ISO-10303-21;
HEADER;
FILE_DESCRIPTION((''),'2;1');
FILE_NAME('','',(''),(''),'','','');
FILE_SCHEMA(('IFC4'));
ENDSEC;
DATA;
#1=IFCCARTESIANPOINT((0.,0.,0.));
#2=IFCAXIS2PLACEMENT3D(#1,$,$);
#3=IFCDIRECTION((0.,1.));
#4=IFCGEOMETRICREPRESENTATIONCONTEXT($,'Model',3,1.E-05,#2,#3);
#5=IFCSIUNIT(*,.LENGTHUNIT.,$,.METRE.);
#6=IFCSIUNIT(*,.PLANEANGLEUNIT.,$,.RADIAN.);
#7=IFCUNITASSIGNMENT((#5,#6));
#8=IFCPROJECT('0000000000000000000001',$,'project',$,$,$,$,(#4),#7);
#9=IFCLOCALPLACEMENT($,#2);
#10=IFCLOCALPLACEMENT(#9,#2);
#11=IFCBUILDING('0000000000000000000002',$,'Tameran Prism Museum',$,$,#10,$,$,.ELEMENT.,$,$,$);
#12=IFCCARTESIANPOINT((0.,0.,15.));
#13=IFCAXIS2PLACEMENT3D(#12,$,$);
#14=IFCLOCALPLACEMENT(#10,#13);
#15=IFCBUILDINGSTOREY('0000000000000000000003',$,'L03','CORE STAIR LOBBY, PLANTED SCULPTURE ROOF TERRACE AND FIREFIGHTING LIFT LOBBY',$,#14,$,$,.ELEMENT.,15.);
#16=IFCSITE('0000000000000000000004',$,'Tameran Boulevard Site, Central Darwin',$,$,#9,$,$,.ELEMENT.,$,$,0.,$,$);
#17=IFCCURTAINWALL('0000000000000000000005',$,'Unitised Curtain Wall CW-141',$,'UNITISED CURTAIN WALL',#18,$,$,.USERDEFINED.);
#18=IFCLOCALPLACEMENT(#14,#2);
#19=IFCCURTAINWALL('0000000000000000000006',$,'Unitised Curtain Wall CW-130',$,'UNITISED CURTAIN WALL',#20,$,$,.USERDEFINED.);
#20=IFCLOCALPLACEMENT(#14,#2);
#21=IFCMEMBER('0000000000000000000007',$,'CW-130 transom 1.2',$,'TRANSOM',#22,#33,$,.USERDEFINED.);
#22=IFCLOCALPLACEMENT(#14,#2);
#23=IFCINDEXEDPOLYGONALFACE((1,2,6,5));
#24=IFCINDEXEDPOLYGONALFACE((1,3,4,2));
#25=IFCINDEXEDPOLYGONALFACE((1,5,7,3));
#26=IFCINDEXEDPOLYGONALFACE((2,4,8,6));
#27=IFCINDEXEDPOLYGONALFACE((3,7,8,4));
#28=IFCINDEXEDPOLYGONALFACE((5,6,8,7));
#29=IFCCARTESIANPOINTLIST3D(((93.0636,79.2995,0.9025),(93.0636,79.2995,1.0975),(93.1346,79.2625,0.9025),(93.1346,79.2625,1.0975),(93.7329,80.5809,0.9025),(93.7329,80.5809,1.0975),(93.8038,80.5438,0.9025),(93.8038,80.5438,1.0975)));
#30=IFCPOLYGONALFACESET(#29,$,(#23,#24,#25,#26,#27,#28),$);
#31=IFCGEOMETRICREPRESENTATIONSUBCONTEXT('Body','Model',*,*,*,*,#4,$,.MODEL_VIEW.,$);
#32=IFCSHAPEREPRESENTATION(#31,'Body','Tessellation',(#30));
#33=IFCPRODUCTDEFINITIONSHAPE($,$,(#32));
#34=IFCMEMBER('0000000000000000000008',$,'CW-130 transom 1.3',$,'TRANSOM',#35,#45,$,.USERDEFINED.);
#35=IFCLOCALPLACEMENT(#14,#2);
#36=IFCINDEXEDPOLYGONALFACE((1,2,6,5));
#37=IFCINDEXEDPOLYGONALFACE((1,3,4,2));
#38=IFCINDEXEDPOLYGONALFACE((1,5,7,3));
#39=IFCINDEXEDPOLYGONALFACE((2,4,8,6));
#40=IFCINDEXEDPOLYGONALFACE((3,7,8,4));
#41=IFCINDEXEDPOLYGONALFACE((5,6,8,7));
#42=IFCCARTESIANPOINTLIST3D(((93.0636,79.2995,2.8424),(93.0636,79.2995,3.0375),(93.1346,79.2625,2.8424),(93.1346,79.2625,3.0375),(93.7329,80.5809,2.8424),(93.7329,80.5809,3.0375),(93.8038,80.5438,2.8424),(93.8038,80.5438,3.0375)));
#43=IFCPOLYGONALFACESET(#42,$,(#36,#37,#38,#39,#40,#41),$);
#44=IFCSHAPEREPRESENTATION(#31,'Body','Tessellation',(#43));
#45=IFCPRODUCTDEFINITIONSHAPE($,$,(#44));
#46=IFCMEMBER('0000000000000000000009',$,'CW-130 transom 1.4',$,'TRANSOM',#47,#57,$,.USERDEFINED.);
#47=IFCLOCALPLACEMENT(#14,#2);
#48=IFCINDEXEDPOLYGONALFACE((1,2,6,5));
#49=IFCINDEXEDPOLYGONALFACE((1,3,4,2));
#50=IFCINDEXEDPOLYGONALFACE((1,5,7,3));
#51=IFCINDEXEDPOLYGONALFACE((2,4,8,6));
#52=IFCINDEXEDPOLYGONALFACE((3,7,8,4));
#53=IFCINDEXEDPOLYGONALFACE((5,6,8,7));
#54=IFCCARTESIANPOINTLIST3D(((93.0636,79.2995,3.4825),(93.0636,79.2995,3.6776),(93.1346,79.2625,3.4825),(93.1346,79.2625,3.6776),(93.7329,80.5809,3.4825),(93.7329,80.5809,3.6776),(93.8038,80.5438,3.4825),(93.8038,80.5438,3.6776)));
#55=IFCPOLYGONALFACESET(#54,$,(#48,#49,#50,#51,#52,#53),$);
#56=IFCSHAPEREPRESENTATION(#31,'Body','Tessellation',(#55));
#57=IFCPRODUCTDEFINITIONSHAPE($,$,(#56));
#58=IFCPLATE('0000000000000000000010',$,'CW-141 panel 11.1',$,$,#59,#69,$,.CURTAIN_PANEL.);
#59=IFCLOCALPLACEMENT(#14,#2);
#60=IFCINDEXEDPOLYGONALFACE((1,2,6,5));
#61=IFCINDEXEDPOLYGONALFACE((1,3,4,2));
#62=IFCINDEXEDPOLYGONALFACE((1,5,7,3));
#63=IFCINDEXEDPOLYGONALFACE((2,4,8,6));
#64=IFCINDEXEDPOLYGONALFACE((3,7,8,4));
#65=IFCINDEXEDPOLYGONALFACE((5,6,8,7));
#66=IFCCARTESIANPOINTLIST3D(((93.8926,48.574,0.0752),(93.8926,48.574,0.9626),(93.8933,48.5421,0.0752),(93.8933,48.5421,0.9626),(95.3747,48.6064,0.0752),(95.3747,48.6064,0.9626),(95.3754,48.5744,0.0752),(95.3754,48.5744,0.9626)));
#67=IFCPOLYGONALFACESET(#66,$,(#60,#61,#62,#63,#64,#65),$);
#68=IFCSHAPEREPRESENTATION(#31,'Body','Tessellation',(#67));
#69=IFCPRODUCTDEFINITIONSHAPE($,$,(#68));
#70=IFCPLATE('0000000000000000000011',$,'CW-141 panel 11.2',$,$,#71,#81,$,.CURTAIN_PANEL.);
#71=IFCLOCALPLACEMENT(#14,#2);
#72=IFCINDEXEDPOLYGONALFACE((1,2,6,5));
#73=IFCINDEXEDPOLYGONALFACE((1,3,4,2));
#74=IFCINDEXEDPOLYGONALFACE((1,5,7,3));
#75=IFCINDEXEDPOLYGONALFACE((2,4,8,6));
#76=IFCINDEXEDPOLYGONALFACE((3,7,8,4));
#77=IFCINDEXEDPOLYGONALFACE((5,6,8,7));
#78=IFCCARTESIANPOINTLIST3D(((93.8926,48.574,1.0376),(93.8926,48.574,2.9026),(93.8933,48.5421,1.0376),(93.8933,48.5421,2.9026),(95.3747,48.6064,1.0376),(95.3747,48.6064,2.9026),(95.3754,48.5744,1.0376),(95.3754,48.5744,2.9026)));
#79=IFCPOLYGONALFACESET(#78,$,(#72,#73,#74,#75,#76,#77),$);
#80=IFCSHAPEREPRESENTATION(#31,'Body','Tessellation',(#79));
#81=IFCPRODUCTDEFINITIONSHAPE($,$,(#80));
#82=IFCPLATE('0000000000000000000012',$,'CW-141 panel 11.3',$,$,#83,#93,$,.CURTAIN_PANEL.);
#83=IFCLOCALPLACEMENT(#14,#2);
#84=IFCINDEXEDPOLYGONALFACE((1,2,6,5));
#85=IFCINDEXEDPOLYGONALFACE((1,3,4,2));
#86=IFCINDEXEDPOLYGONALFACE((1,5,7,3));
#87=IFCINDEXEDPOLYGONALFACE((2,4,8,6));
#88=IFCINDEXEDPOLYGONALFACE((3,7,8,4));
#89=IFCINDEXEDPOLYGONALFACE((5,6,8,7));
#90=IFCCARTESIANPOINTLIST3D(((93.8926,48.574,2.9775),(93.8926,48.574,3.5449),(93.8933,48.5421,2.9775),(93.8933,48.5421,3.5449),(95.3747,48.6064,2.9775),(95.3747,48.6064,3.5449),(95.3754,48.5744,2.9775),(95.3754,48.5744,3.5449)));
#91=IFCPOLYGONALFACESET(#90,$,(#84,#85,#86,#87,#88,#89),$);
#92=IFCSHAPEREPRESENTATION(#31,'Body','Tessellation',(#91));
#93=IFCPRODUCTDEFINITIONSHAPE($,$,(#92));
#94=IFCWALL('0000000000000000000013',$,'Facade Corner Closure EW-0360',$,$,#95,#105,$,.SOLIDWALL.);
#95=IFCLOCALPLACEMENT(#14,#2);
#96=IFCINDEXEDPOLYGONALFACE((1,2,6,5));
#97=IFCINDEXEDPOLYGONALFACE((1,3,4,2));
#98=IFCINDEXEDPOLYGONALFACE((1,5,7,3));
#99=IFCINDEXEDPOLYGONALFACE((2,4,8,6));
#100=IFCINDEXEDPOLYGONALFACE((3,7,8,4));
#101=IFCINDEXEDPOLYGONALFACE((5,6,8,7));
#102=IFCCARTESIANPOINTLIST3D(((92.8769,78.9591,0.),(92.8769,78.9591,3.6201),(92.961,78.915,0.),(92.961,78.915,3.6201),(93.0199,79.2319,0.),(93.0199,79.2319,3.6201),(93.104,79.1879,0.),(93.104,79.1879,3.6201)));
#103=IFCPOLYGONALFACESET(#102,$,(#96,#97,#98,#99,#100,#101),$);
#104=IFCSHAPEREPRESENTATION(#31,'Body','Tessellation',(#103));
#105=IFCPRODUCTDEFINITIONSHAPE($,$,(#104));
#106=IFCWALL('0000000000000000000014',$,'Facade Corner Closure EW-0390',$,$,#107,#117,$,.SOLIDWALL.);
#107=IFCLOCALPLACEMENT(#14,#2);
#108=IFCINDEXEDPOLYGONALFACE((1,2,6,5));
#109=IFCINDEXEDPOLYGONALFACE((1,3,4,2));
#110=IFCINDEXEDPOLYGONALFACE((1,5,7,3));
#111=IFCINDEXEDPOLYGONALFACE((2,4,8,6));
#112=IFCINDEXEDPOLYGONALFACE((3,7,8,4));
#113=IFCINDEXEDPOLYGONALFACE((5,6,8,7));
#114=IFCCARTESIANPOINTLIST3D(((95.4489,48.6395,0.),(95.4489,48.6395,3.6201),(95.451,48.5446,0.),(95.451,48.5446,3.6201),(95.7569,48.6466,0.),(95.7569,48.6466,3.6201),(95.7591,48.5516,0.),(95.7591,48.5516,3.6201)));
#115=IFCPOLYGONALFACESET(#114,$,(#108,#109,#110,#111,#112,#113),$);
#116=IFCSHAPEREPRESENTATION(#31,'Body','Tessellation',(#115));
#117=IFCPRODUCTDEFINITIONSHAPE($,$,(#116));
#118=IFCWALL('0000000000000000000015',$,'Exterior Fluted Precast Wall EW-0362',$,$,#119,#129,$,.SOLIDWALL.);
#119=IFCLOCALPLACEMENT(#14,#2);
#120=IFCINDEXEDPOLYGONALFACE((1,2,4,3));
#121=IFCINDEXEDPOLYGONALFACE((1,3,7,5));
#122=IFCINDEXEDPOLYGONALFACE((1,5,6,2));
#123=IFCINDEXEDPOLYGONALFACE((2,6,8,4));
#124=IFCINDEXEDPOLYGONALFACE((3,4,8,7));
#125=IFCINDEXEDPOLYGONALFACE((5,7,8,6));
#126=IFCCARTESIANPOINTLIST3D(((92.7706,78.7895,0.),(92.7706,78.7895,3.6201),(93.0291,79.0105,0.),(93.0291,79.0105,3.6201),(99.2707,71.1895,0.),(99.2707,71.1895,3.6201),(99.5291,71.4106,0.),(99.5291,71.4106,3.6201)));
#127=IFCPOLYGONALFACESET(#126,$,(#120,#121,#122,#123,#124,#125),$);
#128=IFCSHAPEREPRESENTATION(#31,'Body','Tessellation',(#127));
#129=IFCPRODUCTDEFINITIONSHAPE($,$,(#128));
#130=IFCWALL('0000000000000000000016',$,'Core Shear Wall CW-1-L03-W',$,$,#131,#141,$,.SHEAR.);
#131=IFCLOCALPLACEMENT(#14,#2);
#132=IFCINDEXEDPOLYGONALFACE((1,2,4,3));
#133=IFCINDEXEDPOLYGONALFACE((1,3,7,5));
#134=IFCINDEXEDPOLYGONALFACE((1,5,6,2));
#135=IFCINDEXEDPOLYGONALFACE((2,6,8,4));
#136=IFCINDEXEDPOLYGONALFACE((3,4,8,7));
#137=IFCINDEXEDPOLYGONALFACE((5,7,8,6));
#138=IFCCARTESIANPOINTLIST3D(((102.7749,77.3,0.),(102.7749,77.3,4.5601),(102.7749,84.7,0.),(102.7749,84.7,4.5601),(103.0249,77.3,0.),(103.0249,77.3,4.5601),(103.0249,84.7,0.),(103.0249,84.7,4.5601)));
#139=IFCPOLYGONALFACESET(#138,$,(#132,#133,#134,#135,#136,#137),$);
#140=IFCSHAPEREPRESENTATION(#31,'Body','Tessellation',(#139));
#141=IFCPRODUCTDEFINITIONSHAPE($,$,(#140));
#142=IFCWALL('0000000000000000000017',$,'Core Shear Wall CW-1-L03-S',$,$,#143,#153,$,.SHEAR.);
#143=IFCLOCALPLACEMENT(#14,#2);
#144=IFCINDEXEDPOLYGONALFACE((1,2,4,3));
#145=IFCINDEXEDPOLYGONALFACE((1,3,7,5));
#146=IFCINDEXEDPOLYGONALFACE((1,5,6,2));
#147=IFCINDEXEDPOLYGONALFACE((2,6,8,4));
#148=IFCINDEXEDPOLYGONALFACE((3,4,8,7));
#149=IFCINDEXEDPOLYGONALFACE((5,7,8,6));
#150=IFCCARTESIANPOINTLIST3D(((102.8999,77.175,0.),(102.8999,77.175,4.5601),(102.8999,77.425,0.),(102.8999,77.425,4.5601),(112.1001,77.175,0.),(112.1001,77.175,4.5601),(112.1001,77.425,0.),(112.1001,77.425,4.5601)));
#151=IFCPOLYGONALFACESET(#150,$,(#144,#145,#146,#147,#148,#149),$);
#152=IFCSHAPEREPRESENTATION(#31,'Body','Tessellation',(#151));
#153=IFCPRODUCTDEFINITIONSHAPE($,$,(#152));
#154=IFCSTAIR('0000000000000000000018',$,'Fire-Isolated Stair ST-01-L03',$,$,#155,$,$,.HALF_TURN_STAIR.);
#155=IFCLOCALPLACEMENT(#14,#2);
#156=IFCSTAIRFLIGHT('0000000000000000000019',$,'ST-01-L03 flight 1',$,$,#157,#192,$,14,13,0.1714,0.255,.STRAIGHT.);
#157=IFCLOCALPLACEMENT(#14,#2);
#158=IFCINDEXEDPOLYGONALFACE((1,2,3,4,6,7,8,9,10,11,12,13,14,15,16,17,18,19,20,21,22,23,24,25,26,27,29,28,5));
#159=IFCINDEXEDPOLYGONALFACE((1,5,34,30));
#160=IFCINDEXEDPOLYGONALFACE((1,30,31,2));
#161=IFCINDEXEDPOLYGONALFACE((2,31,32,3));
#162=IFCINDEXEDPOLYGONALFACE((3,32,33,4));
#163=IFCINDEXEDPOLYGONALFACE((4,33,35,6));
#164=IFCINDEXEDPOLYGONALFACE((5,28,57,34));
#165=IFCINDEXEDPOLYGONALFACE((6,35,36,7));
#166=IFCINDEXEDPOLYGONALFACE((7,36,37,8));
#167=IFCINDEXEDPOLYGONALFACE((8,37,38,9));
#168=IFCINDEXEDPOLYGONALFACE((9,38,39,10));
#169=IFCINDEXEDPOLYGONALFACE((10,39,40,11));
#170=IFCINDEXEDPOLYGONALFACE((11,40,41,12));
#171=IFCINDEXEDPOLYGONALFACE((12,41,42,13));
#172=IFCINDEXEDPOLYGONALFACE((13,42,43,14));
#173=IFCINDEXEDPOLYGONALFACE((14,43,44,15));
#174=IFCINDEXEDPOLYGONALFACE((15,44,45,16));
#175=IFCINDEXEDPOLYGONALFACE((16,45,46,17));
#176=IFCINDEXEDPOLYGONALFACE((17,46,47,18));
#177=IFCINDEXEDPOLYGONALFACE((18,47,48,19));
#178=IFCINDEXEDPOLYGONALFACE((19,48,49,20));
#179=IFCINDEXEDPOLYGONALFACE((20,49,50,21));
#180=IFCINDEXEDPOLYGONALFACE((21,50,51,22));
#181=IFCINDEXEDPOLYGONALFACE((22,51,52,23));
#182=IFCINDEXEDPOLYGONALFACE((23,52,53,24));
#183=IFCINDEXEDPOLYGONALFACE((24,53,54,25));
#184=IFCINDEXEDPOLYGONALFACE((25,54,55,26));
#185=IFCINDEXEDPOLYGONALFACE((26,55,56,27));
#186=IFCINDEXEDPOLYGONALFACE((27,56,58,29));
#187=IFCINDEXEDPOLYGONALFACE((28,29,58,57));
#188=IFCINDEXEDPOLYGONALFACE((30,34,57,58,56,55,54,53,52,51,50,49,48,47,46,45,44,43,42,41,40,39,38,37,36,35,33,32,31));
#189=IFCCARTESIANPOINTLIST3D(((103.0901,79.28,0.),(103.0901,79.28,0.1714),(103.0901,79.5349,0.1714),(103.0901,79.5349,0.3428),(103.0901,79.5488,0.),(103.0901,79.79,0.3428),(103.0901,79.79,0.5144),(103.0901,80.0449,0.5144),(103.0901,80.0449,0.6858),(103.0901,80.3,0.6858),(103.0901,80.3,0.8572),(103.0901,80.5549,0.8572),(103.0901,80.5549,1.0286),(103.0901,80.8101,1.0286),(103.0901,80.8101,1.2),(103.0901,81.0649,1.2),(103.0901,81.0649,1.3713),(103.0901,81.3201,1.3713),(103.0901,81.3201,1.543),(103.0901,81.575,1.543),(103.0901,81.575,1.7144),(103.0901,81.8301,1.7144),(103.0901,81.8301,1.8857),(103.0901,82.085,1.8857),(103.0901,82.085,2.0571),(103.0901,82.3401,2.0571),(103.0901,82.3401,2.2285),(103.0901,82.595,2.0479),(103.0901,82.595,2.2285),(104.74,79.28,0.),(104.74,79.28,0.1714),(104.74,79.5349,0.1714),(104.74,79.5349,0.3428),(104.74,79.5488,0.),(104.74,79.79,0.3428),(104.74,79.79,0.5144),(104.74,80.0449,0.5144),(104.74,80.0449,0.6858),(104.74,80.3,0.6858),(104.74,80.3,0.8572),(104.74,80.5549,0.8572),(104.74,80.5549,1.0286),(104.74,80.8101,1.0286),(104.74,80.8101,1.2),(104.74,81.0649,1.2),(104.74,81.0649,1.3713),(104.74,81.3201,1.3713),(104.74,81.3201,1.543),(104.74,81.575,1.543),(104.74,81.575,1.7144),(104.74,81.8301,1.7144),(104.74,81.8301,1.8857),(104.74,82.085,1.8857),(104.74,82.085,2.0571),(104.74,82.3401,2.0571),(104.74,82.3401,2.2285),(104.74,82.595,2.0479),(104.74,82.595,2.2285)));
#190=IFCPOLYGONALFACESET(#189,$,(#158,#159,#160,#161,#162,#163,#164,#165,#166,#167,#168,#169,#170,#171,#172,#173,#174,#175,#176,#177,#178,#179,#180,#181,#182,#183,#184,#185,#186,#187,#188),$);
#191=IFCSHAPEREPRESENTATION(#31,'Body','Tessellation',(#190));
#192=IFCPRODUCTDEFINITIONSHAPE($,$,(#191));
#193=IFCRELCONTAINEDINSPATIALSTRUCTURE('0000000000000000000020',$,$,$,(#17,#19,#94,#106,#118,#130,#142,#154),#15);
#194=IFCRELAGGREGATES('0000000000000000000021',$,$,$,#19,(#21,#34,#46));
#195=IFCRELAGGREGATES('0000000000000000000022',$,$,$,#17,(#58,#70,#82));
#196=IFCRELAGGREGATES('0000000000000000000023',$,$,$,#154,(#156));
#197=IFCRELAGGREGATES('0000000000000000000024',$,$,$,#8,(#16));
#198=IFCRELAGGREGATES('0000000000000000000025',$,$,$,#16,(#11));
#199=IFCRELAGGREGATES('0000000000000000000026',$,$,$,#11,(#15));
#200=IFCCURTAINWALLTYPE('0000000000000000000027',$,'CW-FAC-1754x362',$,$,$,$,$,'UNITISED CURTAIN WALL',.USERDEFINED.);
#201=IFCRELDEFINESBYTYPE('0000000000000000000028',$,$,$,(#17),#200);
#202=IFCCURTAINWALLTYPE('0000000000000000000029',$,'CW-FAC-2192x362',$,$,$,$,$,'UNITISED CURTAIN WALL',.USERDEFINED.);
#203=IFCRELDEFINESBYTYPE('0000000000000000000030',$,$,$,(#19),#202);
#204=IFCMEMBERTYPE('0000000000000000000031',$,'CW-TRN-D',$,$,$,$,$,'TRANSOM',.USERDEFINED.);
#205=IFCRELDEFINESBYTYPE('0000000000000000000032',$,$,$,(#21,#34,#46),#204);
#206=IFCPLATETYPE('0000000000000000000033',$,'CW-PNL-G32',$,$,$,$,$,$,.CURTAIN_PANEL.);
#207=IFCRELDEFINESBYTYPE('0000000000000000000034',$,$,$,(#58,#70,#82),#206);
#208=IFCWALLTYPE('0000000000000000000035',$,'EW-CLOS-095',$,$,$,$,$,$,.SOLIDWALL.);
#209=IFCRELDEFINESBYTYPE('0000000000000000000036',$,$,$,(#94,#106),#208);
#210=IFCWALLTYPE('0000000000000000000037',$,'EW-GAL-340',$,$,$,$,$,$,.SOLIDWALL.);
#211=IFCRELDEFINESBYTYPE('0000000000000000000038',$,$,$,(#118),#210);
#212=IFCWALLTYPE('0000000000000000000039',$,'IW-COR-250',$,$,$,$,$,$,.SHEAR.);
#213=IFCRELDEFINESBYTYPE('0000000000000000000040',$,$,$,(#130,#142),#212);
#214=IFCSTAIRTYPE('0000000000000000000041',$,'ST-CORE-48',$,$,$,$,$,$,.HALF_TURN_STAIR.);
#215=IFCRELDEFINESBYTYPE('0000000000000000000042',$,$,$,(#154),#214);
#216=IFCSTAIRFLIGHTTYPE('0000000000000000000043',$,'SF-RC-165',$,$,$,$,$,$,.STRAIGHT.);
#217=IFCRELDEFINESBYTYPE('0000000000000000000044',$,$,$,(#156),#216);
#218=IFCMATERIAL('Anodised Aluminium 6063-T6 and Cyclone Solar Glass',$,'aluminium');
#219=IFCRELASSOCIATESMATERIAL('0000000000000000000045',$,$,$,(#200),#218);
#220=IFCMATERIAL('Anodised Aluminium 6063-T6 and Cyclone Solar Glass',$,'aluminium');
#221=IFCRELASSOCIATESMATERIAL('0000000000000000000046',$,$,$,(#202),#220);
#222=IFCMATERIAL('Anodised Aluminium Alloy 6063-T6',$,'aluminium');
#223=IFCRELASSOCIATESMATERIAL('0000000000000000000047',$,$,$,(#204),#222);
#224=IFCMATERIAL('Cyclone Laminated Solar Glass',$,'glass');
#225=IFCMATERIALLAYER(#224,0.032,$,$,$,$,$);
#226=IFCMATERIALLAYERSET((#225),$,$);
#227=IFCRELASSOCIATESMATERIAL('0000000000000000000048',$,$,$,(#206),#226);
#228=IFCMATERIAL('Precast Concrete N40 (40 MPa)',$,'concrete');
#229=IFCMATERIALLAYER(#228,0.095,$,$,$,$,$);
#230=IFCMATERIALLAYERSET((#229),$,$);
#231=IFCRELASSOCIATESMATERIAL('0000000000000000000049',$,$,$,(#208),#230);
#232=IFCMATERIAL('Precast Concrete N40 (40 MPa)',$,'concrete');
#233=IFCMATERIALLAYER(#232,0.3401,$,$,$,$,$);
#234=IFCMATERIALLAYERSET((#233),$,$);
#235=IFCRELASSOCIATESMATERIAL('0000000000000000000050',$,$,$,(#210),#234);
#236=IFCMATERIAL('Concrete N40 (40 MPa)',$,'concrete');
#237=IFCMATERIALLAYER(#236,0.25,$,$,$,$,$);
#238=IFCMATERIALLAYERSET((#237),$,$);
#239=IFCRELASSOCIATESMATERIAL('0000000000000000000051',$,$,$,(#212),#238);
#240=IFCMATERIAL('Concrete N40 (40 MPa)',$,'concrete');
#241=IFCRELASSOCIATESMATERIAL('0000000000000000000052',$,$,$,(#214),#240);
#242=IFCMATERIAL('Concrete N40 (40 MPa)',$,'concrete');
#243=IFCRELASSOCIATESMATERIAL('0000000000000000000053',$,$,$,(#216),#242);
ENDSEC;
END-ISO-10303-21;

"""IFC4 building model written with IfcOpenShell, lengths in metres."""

from ifc_helpers import new_model, si_unit, direction, frame, frame_2d, origin, origin_2d, place, context, subcontext, project, spatial, polyline, rectangle, outline, extrude, material, layer, layer_set, material_profile, profile_set, type_object, element, aggregate, save


model = new_model("IFC4")

# Units and contexts
model_context = context("Model", 3, precision=1e-05, world=origin(), true_north=direction((0.0, 1.0)))
body_context = subcontext(model_context, "Body", "Model", "MODEL_VIEW")
ifc_project = project(units=[si_unit("LENGTHUNIT", "METRE"), si_unit("PLANEANGLEUNIT", "RADIAN")], contexts=[model_context])

# Site, building, storey
site_placement = place(None, origin())
site = spatial("IfcSite", under=ifc_project, at=site_placement, Name="Tameran Boulevard Site, Central Darwin", CompositionType="ELEMENT", RefElevation=0.0)
building_placement = place(site_placement, origin())
building = spatial("IfcBuilding", under=site, at=building_placement, Name="Tameran Prism Museum", CompositionType="ELEMENT")
storey_placement = place(building_placement, frame((0.0, 0.0, 15.0)))
storey = spatial("IfcBuildingStorey", under=building, at=storey_placement, Name="L03", Description="CORE STAIR LOBBY, PLANTED SCULPTURE ROOF TERRACE AND FIREFIGHTING LIFT LOBBY", CompositionType="ELEMENT", Elevation=15.0)

# Curtain wall
ifc_material_1 = material(Name="Anodised Aluminium 6063-T6 and Cyclone Solar Glass", Category="aluminium")
curtain_wall_type_1 = type_object("IfcCurtainWallType", Name="CW-FAC-1754x362", ElementType="UNITISED CURTAIN WALL", PredefinedType="USERDEFINED", material=ifc_material_1)
curtain_wall_1_placement = place(storey_placement, origin())
curtain_wall_1 = element("IfcCurtainWall", 1, at=curtain_wall_1_placement, inside=storey, type_object=curtain_wall_type_1, Name="Unitised Curtain Wall CW-141", ObjectType="UNITISED CURTAIN WALL", PredefinedType="USERDEFINED")

# Curtain wall, members
ifc_material_2 = material(Name="Anodised Aluminium 6063-T6 and Cyclone Solar Glass", Category="aluminium")
curtain_wall_type_2 = type_object("IfcCurtainWallType", Name="CW-FAC-2192x362", ElementType="UNITISED CURTAIN WALL", PredefinedType="USERDEFINED", material=ifc_material_2)
curtain_wall_2_placement = place(storey_placement, origin())
curtain_wall_2 = element("IfcCurtainWall", 2, at=curtain_wall_2_placement, inside=storey, type_object=curtain_wall_type_2, Name="Unitised Curtain Wall CW-130", ObjectType="UNITISED CURTAIN WALL", PredefinedType="USERDEFINED")
ifc_material_3 = material(Name="Anodised Aluminium Alloy 6063-T6", Category="aluminium")
ifc_material_profile_1 = material_profile(ifc_material_3, rectangle(XDim=0.0801, YDim=0.1951, at=origin_2d()))
ifc_profile_set_1 = profile_set([ifc_material_profile_1])
member_type_1 = type_object("IfcMemberType", Name="CW-TRN-D", ElementType="TRANSOM", PredefinedType="USERDEFINED", material=ifc_profile_set_1)
member_1_placement = place(storey_placement, frame((93.0991, 79.281, 1.0), z_axis=(0.462953, 0.886383, 0.0), x_axis=(-0.886383, 0.462953, 0.0)))
member_1 = element("IfcMember", 3, at=member_1_placement, type_object=member_type_1, Name="CW-130 transom 1.2", ObjectType="TRANSOM", PredefinedType="USERDEFINED", context=body_context, shape_type="SweptSolid", body=[
    extrude(rectangle(XDim=0.0801, YDim=0.1951, at=origin_2d()), origin(), (0.0, 0.0, 1.0), 1.4456),
])
member_2_placement = place(storey_placement, frame((93.0991, 79.281, 2.9399), z_axis=(0.462953, 0.886383, 0.0), x_axis=(-0.886383, 0.462953, 0.0)))
member_2 = element("IfcMember", 4, at=member_2_placement, type_object=member_type_1, Name="CW-130 transom 1.3", ObjectType="TRANSOM", PredefinedType="USERDEFINED", context=body_context, shape_type="SweptSolid", body=[
    extrude(rectangle(XDim=0.0801, YDim=0.1951, at=origin_2d()), origin(), (0.0, 0.0, 1.0), 1.4456),
])
member_3_placement = place(storey_placement, frame((93.0991, 79.281, 3.5801), z_axis=(0.462953, 0.886383, 0.0), x_axis=(-0.886383, 0.462953, 0.0)))
member_3 = element("IfcMember", 5, at=member_3_placement, type_object=member_type_1, Name="CW-130 transom 1.4", ObjectType="TRANSOM", PredefinedType="USERDEFINED", context=body_context, shape_type="SweptSolid", body=[
    extrude(rectangle(XDim=0.0801, YDim=0.1951, at=origin_2d()), origin(), (0.0, 0.0, 1.0), 1.4456),
])
aggregate(curtain_wall_2, [member_1, member_2, member_3])

# Plates
ifc_material_4 = material(Name="Cyclone Laminated Solar Glass", Category="glass")
ifc_layer_1 = layer(ifc_material_4, 0.032)
ifc_layer_set_1 = layer_set([ifc_layer_1])
plate_type = type_object("IfcPlateType", Name="CW-PNL-G32", PredefinedType="CURTAIN_PANEL", material=ifc_layer_set_1)
plate_1_placement = place(storey_placement, frame((94.634, 48.5742, 0.0752), z_axis=(0.0, 0.0, 1.0), x_axis=(0.999762, 0.021831, 0.0)))
plate_1 = element("IfcPlate", 6, at=plate_1_placement, type_object=plate_type, Name="CW-141 panel 11.1", PredefinedType="CURTAIN_PANEL", context=body_context, shape_type="SweptSolid", body=[
    extrude(rectangle(XDim=1.4824, YDim=0.032, at=origin_2d()), origin(), (0.0, 0.0, 1.0), 0.8875),
])
plate_2_placement = place(storey_placement, frame((94.634, 48.5742, 1.0376), z_axis=(0.0, 0.0, 1.0), x_axis=(0.999762, 0.021831, 0.0)))
plate_2 = element("IfcPlate", 7, at=plate_2_placement, type_object=plate_type, Name="CW-141 panel 11.2", PredefinedType="CURTAIN_PANEL", context=body_context, shape_type="SweptSolid", body=[
    extrude(rectangle(XDim=1.4824, YDim=0.032, at=origin_2d()), origin(), (0.0, 0.0, 1.0), 1.865),
])
plate_3_placement = place(storey_placement, frame((94.634, 48.5742, 2.9775), z_axis=(0.0, 0.0, 1.0), x_axis=(0.999762, 0.021831, 0.0)))
plate_3 = element("IfcPlate", 8, at=plate_3_placement, type_object=plate_type, Name="CW-141 panel 11.3", PredefinedType="CURTAIN_PANEL", context=body_context, shape_type="SweptSolid", body=[
    extrude(rectangle(XDim=1.4824, YDim=0.032, at=origin_2d()), origin(), (0.0, 0.0, 1.0), 0.5674),
])
aggregate(curtain_wall_1, [plate_1, plate_2, plate_3])

# Walls
ifc_material_5 = material(Name="Precast Concrete N40 (40 MPa)", Category="concrete")
ifc_layer_2 = layer(ifc_material_5, 0.095)
ifc_layer_set_2 = layer_set([ifc_layer_2])
wall_type_1 = type_object("IfcWallType", Name="EW-CLOS-095", PredefinedType="SOLIDWALL", material=ifc_layer_set_2)
for number, where, z_axis, x_axis, name in (
    (9, (92.9189, 78.937, 0.0), (0.0, 0.0, 1.0), (0.464244, 0.885707, 0.0), "Facade Corner Closure EW-0360"),
    (10, (95.45, 48.592, 0.0), (0.0, 0.0, 1.0), (0.999736, 0.022973, 0.0), "Facade Corner Closure EW-0390"),
):
    element("IfcWall", number, at=place(storey_placement, frame(where, z_axis=z_axis, x_axis=x_axis)), inside=storey, type_object=wall_type_1, Name=name, PredefinedType="SOLIDWALL", context=body_context, shape_type="SweptSolid", body=[
        extrude(rectangle(XDim=0.3081, YDim=0.095, at=frame_2d((0.1541, 0.0))), origin(), (0.0, 0.0, 1.0), 3.6201),
    ])
ifc_material_6 = material(Name="Precast Concrete N40 (40 MPa)", Category="concrete")
ifc_layer_3 = layer(ifc_material_6, 0.3401)
ifc_layer_set_3 = layer_set([ifc_layer_3])
wall_type_2 = type_object("IfcWallType", Name="EW-GAL-340", PredefinedType="SOLIDWALL", material=ifc_layer_set_3)
wall_1_placement = place(storey_placement, frame((99.3999, 71.3, 0.0), z_axis=(0.0, 0.0, 1.0), x_axis=(-0.649975, 0.759956, 0.0)))
element("IfcWall", 11, at=wall_1_placement, inside=storey, type_object=wall_type_2, Name="Exterior Fluted Precast Wall EW-0362", PredefinedType="SOLIDWALL", context=body_context, shape_type="SweptSolid", body=[
    extrude(rectangle(XDim=10.0005, YDim=0.3401, at=frame_2d((5.0002, 0.0))), origin(), (0.0, 0.0, 1.0), 3.6201),
])
ifc_material_7 = material(Name="Concrete N40 (40 MPa)", Category="concrete")
ifc_layer_4 = layer(ifc_material_7, 0.25)
ifc_layer_set_4 = layer_set([ifc_layer_4])
wall_type_3 = type_object("IfcWallType", Name="IW-COR-250", PredefinedType="SHEAR", material=ifc_layer_set_4)
wall_2_placement = place(storey_placement, frame((102.8999, 77.3, 0.0), z_axis=(0.0, 0.0, 1.0), x_axis=(0.0, 1.0, 0.0)))
element("IfcWall", 12, at=wall_2_placement, inside=storey, type_object=wall_type_3, Name="Core Shear Wall CW-1-L03-W", PredefinedType="SHEAR", context=body_context, shape_type="SweptSolid", body=[
    extrude(rectangle(XDim=7.3999, YDim=0.25, at=frame_2d((3.7, 0.0))), origin(), (0.0, 0.0, 1.0), 4.5601),
])
wall_3_placement = place(storey_placement, frame((112.1001, 77.3, 0.0), z_axis=(0.0, 0.0, 1.0), x_axis=(-1.0, 0.0, 0.0)))
element("IfcWall", 13, at=wall_3_placement, inside=storey, type_object=wall_type_3, Name="Core Shear Wall CW-1-L03-S", PredefinedType="SHEAR", context=body_context, shape_type="SweptSolid", body=[
    extrude(rectangle(XDim=9.2002, YDim=0.25, at=frame_2d((4.6001, 0.0))), origin(), (0.0, 0.0, 1.0), 4.5601),
])

# Stair, stair flight
ifc_material_8 = material(Name="Concrete N40 (40 MPa)", Category="concrete")
stair_type = type_object("IfcStairType", Name="ST-CORE-48", PredefinedType="HALF_TURN_STAIR", material=ifc_material_8)
stair_placement = place(storey_placement, origin())
stair = element("IfcStair", 14, at=stair_placement, inside=storey, type_object=stair_type, Name="Fire-Isolated Stair ST-01-L03", PredefinedType="HALF_TURN_STAIR")
ifc_material_9 = material(Name="Concrete N40 (40 MPa)", Category="concrete")
stair_flight_type = type_object("IfcStairFlightType", Name="SF-RC-165", PredefinedType="STRAIGHT", material=ifc_material_9)
stair_flight_placement = place(storey_placement, frame((103.915, 79.28, 0.0), z_axis=(0.0, 0.0, 1.0), x_axis=(0.0, 1.0, 0.0)))
stair_flight = element("IfcStairFlight", 15, at=stair_flight_placement, type_object=stair_flight_type, Name="ST-01-L03 flight 1", NumberOfRisers=14, NumberOfTreads=13, PredefinedType="STRAIGHT", RiserHeight=0.1714, TreadLength=0.255, context=body_context, shape_type="SweptSolid", body=[
    extrude(outline(polyline([(0.0, 0.0), (0.0, 0.1714), (0.2549, 0.1714), (0.2549, 0.3428), (0.51, 0.3428), (0.51, 0.5144), (0.7649, 0.5144), (0.7649, 0.6858), (1.02, 0.6858), (1.02, 0.8572), (1.2749, 0.8572), (1.2749, 1.0286), (1.53, 1.0286), (1.53, 1.2), (1.7849, 1.2), (1.7849, 1.3713), (2.04, 1.3713), (2.04, 1.543), (2.2949, 1.543), (2.2949, 1.7144), (2.55, 1.7144), (2.55, 1.8857), (2.8049, 1.8857), (2.8049, 2.0571), (3.0601, 2.0571), (3.0601, 2.2285), (3.3149, 2.2285), (3.3149, 2.3999), (3.3149, 2.0479), (0.2688, 0.0), (0.0, 0.0)])), frame((0.0, 0.825, 0.0), z_axis=(0.0, -1.0, 0.0), x_axis=(1.0, 0.0, 0.0)), (0.0, 0.0, 1.0), 1.6499),
])
aggregate(stair, [stair_flight])

save(model, "model.ifc")
